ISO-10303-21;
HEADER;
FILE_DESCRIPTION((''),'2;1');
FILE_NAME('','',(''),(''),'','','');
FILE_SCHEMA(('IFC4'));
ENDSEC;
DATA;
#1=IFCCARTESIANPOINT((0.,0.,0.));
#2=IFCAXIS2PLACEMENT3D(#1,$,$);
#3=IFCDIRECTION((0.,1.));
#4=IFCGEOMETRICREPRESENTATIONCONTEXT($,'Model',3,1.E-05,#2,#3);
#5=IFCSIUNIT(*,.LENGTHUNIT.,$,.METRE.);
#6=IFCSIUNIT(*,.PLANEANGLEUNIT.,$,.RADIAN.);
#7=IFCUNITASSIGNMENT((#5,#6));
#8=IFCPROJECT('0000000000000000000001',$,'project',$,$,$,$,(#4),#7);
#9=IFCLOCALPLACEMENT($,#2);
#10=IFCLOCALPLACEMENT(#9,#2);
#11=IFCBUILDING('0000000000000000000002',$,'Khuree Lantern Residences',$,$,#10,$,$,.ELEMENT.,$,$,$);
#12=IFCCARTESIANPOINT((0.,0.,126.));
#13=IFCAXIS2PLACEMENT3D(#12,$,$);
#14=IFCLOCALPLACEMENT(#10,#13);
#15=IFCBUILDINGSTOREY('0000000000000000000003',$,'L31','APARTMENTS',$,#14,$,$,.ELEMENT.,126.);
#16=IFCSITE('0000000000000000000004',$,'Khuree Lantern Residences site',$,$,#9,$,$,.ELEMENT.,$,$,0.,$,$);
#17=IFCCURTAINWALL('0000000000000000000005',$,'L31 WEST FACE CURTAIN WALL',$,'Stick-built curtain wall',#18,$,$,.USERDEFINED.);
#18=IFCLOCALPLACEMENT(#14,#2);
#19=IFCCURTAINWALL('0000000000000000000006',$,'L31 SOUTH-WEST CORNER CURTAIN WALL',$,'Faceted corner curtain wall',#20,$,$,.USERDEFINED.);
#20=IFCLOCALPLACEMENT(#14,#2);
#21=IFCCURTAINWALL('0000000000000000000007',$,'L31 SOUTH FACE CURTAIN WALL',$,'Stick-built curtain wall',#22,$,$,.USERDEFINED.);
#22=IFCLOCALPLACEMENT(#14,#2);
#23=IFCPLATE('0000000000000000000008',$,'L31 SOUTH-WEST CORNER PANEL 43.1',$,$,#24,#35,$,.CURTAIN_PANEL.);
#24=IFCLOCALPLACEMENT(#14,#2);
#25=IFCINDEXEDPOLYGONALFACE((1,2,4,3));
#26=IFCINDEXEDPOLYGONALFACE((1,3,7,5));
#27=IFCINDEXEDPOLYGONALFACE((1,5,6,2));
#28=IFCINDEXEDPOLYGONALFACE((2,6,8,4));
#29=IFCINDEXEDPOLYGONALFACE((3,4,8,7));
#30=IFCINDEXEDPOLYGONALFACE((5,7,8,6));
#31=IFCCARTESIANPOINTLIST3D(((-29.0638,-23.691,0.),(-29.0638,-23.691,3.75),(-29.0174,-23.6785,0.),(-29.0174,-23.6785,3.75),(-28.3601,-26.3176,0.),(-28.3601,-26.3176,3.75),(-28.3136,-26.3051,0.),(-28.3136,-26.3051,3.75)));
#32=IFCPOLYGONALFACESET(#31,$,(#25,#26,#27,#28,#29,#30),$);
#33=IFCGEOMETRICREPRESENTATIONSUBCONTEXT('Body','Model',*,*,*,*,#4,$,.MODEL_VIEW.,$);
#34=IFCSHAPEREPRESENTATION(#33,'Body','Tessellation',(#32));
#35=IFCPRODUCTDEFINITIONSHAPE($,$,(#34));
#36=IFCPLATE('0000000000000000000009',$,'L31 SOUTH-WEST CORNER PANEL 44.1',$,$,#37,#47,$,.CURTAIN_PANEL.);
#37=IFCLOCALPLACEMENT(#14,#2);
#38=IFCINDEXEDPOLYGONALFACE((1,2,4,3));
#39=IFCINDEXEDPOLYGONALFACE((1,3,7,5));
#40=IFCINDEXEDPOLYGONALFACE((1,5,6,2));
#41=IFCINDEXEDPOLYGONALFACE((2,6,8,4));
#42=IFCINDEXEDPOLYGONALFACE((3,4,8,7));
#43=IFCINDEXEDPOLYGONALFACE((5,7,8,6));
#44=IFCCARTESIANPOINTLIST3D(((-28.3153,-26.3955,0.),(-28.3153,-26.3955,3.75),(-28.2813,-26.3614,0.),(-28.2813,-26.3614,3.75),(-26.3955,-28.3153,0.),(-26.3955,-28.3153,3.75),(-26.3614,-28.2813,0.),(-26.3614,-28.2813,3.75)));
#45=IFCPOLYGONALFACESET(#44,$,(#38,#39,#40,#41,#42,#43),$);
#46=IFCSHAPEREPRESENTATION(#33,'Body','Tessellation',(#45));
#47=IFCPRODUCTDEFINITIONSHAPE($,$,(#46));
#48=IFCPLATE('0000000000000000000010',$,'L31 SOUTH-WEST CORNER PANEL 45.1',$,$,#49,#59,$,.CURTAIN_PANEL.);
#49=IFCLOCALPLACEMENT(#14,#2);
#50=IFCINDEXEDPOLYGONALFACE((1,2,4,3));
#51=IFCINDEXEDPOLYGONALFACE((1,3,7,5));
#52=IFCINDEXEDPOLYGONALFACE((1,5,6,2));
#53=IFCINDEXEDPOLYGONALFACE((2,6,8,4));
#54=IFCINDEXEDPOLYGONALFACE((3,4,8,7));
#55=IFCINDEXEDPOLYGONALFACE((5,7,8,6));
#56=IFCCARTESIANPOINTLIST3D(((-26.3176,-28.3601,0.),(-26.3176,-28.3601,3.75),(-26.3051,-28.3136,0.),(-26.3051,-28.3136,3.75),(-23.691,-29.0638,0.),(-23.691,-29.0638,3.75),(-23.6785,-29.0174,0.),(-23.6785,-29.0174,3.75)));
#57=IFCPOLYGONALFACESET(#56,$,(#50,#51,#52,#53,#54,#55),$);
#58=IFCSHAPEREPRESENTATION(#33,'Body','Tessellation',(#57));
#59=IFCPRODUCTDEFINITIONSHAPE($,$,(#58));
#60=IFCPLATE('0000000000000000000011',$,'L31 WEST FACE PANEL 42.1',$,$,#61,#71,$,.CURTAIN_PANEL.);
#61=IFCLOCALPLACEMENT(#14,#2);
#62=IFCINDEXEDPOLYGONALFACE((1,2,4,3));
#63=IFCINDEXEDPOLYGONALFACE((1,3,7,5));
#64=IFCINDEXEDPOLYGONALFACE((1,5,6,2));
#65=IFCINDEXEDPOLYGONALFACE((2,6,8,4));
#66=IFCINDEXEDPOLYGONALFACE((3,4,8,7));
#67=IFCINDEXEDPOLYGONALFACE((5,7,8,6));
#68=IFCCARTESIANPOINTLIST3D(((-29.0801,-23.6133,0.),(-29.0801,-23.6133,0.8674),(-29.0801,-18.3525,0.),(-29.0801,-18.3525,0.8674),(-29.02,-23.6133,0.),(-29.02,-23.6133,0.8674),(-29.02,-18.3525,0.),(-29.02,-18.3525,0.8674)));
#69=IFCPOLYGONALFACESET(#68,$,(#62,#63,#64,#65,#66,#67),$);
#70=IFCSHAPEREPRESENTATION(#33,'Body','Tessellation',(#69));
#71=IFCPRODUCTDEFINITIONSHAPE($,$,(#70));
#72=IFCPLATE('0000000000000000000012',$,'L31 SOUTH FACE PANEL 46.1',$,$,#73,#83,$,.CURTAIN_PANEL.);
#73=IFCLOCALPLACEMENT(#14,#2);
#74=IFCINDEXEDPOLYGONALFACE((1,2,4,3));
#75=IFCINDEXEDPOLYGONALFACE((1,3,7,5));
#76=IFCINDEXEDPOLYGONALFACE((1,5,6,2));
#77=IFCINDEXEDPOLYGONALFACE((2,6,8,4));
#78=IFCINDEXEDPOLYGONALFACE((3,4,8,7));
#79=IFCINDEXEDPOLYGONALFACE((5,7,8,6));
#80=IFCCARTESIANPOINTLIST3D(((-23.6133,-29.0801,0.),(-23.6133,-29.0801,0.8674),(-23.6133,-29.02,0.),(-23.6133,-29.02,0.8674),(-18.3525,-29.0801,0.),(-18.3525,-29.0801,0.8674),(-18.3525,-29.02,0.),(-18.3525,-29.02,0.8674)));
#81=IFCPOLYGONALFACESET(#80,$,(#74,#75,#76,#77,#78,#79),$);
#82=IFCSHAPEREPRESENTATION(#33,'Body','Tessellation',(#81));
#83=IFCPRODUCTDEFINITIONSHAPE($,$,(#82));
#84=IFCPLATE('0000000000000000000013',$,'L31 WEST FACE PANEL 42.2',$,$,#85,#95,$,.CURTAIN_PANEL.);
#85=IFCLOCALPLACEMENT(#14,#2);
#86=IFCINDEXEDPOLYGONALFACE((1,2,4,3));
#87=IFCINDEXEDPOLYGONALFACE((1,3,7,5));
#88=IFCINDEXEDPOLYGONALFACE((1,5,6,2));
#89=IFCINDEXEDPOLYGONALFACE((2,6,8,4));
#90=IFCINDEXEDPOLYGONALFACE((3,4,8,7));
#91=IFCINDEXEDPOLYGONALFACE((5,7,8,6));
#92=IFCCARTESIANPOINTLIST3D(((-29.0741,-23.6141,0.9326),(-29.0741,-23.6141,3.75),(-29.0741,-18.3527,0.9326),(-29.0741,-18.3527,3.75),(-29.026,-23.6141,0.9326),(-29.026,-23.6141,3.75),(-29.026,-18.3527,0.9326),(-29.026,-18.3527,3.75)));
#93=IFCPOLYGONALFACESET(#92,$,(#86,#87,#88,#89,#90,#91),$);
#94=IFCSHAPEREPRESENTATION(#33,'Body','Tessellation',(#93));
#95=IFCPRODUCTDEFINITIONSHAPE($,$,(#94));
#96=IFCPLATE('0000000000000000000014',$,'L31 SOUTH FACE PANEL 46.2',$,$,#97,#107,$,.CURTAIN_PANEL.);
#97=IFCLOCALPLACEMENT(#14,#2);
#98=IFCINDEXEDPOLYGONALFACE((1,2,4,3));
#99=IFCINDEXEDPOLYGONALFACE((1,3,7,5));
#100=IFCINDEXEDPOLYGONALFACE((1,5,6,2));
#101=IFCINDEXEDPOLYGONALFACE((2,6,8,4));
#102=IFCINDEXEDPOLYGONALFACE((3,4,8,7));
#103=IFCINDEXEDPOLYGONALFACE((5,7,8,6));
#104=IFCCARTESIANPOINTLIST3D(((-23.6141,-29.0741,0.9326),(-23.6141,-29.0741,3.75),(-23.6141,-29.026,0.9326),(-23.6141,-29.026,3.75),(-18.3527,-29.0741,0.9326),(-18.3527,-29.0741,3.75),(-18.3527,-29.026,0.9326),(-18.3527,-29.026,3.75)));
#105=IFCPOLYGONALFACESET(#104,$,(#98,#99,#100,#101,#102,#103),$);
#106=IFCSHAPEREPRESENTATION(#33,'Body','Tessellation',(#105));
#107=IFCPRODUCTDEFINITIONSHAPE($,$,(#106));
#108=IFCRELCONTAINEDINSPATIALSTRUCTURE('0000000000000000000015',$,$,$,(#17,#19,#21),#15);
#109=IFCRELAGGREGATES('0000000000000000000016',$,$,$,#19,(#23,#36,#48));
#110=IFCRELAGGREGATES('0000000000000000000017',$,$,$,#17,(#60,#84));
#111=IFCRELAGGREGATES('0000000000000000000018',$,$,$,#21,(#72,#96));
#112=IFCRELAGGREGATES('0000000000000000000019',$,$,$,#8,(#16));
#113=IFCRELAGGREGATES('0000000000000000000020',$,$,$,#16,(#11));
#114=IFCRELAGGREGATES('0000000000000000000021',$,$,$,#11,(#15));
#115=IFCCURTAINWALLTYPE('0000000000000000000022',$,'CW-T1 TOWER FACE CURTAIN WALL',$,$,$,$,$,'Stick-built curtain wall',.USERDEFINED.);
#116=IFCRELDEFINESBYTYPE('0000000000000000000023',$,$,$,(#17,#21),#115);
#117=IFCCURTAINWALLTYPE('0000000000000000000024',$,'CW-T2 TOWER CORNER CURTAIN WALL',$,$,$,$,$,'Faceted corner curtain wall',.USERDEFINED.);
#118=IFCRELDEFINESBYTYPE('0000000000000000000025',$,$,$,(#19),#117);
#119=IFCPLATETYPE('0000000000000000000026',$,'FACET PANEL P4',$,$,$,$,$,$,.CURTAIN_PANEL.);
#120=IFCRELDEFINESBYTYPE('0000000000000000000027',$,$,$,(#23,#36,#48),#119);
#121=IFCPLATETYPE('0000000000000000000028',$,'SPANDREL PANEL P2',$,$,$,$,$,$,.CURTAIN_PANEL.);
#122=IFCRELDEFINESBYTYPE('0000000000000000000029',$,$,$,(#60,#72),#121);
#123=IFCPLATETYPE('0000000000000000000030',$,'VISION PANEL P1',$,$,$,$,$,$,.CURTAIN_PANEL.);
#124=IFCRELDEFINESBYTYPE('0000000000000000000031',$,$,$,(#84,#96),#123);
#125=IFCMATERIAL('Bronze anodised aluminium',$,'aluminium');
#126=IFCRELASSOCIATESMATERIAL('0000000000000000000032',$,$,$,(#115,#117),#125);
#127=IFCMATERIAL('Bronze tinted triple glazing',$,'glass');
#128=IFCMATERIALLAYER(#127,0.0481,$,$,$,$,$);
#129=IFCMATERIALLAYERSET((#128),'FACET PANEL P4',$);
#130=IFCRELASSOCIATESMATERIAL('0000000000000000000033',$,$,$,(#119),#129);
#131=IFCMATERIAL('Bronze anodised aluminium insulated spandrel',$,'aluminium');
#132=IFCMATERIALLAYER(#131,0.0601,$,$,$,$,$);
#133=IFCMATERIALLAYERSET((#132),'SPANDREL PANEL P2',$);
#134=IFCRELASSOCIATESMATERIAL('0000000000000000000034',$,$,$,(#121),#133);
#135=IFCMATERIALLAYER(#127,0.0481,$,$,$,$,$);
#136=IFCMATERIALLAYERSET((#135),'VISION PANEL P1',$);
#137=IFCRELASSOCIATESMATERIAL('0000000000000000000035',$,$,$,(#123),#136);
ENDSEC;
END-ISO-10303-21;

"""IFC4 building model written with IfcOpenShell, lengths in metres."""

from ifc_helpers import new_model, si_unit, direction, frame, origin, origin_2d, place, context, subcontext, project, spatial, rectangle, extrude, material, layer, layer_set, type_object, element, aggregate, save


model = new_model("IFC4")

# Units and contexts
model_context = context("Model", 3, precision=1e-05, world=origin(), true_north=direction((0.0, 1.0)))
body_context = subcontext(model_context, "Body", "Model", "MODEL_VIEW")
ifc_project = project(units=[si_unit("LENGTHUNIT", "METRE"), si_unit("PLANEANGLEUNIT", "RADIAN")], contexts=[model_context])

# Site, building, storey
site_placement = place(None, origin())
site = spatial("IfcSite", under=ifc_project, at=site_placement, Name="Khuree Lantern Residences site", CompositionType="ELEMENT", RefElevation=0.0)
building_placement = place(site_placement, origin())
building = spatial("IfcBuilding", under=site, at=building_placement, Name="Khuree Lantern Residences", CompositionType="ELEMENT")
storey_placement = place(building_placement, frame((0.0, 0.0, 126.0)))
storey = spatial("IfcBuildingStorey", under=building, at=storey_placement, Name="L31", Description="APARTMENTS", CompositionType="ELEMENT", Elevation=126.0)

# Curtain walls
ifc_material_1 = material(Name="Bronze anodised aluminium", Category="aluminium")
curtain_wall_type_1 = type_object("IfcCurtainWallType", Name="CW-T1 TOWER FACE CURTAIN WALL", ElementType="Stick-built curtain wall", PredefinedType="USERDEFINED", material=ifc_material_1)
curtain_wall_1_placement = place(storey_placement, origin())
curtain_wall_1 = element("IfcCurtainWall", 1, at=curtain_wall_1_placement, inside=storey, type_object=curtain_wall_type_1, Name="L31 WEST FACE CURTAIN WALL", ObjectType="Stick-built curtain wall", PredefinedType="USERDEFINED")
curtain_wall_type_2 = type_object("IfcCurtainWallType", Name="CW-T2 TOWER CORNER CURTAIN WALL", ElementType="Faceted corner curtain wall", PredefinedType="USERDEFINED", material=ifc_material_1)
curtain_wall_2_placement = place(storey_placement, origin())
curtain_wall_2 = element("IfcCurtainWall", 2, at=curtain_wall_2_placement, inside=storey, type_object=curtain_wall_type_2, Name="L31 SOUTH-WEST CORNER CURTAIN WALL", ObjectType="Faceted corner curtain wall", PredefinedType="USERDEFINED")

# Curtain wall
curtain_wall_3_placement = place(storey_placement, origin())
curtain_wall_3 = element("IfcCurtainWall", 3, at=curtain_wall_3_placement, inside=storey, type_object=curtain_wall_type_1, Name="L31 SOUTH FACE CURTAIN WALL", ObjectType="Stick-built curtain wall", PredefinedType="USERDEFINED")

# Plates
ifc_material_2 = material(Name="Bronze tinted triple glazing", Category="glass")
ifc_layer_1 = layer(ifc_material_2, 0.0481)
ifc_layer_set_1 = layer_set([ifc_layer_1], Name="FACET PANEL P4")
plate_type_1 = type_object("IfcPlateType", Name="FACET PANEL P4", PredefinedType="CURTAIN_PANEL", material=ifc_layer_set_1)
plate_1_placement = place(storey_placement, frame((-28.6887, -24.998, 0.0), z_axis=(0.0, 0.0, 1.0), x_axis=(0.258819, -0.965926, 0.0)))
plate_1 = element("IfcPlate", 4, at=plate_1_placement, type_object=plate_type_1, Name="L31 SOUTH-WEST CORNER PANEL 43.1", PredefinedType="CURTAIN_PANEL", context=body_context, shape_type="SweptSolid", body=[
    extrude(rectangle(XDim=2.7192, YDim=0.0481, at=origin_2d()), origin(), (0.0, 0.0, 1.0), 3.75),
])
plate_2_placement = place(storey_placement, frame((-27.3384, -27.3384, 0.0), z_axis=(0.0, 0.0, 1.0), x_axis=(0.707107, -0.707107, 0.0)))
plate_2 = element("IfcPlate", 5, at=plate_2_placement, type_object=plate_type_1, Name="L31 SOUTH-WEST CORNER PANEL 44.1", PredefinedType="CURTAIN_PANEL", context=body_context, shape_type="SweptSolid", body=[
    extrude(rectangle(XDim=2.7151, YDim=0.0481, at=origin_2d()), origin(), (0.0, 0.0, 1.0), 3.75),
])
plate_3_placement = place(storey_placement, frame((-24.998, -28.6887, 0.0), z_axis=(0.0, 0.0, 1.0), x_axis=(0.965926, -0.258819, 0.0)))
plate_3 = element("IfcPlate", 6, at=plate_3_placement, type_object=plate_type_1, Name="L31 SOUTH-WEST CORNER PANEL 45.1", PredefinedType="CURTAIN_PANEL", context=body_context, shape_type="SweptSolid", body=[
    extrude(rectangle(XDim=2.7192, YDim=0.0481, at=origin_2d()), origin(), (0.0, 0.0, 1.0), 3.75),
])
aggregate(curtain_wall_2, [plate_1, plate_2, plate_3])
ifc_material_3 = material(Name="Bronze anodised aluminium insulated spandrel", Category="aluminium")
ifc_layer_2 = layer(ifc_material_3, 0.0601)
ifc_layer_set_2 = layer_set([ifc_layer_2], Name="SPANDREL PANEL P2")
plate_type_2 = type_object("IfcPlateType", Name="SPANDREL PANEL P2", PredefinedType="CURTAIN_PANEL", material=ifc_layer_set_2)
plate_4_placement = place(storey_placement, frame((-29.05, -20.9829, 0.0), z_axis=(0.0, 0.0, 1.0), x_axis=(0.0, -1.0, 0.0)))
plate_4 = element("IfcPlate", 7, at=plate_4_placement, type_object=plate_type_2, Name="L31 WEST FACE PANEL 42.1", PredefinedType="CURTAIN_PANEL", context=body_context, shape_type="SweptSolid", body=[
    extrude(rectangle(XDim=5.2607, YDim=0.0601, at=origin_2d()), origin(), (0.0, 0.0, 1.0), 0.8674),
])
plate_5_placement = place(storey_placement, frame((-20.9829, -29.05, 0.0), z_axis=(0.0, 0.0, 1.0), x_axis=(1.0, 0.0, 0.0)))
plate_5 = element("IfcPlate", 8, at=plate_5_placement, type_object=plate_type_2, Name="L31 SOUTH FACE PANEL 46.1", PredefinedType="CURTAIN_PANEL", context=body_context, shape_type="SweptSolid", body=[
    extrude(rectangle(XDim=5.2607, YDim=0.0601, at=origin_2d()), origin(), (0.0, 0.0, 1.0), 0.8674),
])
ifc_layer_3 = layer(ifc_material_2, 0.0481)
ifc_layer_set_3 = layer_set([ifc_layer_3], Name="VISION PANEL P1")
plate_type_3 = type_object("IfcPlateType", Name="VISION PANEL P1", PredefinedType="CURTAIN_PANEL", material=ifc_layer_set_3)
plate_6_placement = place(storey_placement, frame((-29.05, -20.9834, 0.9326), z_axis=(0.0, 0.0, 1.0), x_axis=(0.0, -1.0, 0.0)))
plate_6 = element("IfcPlate", 9, at=plate_6_placement, type_object=plate_type_3, Name="L31 WEST FACE PANEL 42.2", PredefinedType="CURTAIN_PANEL", context=body_context, shape_type="SweptSolid", body=[
    extrude(rectangle(XDim=5.2615, YDim=0.0481, at=origin_2d()), origin(), (0.0, 0.0, 1.0), 2.8174),
])
aggregate(curtain_wall_1, [plate_4, plate_6])
plate_7_placement = place(storey_placement, frame((-20.9834, -29.05, 0.9326), z_axis=(0.0, 0.0, 1.0), x_axis=(1.0, 0.0, 0.0)))
plate_7 = element("IfcPlate", 10, at=plate_7_placement, type_object=plate_type_3, Name="L31 SOUTH FACE PANEL 46.2", PredefinedType="CURTAIN_PANEL", context=body_context, shape_type="SweptSolid", body=[
    extrude(rectangle(XDim=5.2615, YDim=0.0481, at=origin_2d()), origin(), (0.0, 0.0, 1.0), 2.8174),
])
aggregate(curtain_wall_3, [plate_5, plate_7])

save(model, "model.ifc")
